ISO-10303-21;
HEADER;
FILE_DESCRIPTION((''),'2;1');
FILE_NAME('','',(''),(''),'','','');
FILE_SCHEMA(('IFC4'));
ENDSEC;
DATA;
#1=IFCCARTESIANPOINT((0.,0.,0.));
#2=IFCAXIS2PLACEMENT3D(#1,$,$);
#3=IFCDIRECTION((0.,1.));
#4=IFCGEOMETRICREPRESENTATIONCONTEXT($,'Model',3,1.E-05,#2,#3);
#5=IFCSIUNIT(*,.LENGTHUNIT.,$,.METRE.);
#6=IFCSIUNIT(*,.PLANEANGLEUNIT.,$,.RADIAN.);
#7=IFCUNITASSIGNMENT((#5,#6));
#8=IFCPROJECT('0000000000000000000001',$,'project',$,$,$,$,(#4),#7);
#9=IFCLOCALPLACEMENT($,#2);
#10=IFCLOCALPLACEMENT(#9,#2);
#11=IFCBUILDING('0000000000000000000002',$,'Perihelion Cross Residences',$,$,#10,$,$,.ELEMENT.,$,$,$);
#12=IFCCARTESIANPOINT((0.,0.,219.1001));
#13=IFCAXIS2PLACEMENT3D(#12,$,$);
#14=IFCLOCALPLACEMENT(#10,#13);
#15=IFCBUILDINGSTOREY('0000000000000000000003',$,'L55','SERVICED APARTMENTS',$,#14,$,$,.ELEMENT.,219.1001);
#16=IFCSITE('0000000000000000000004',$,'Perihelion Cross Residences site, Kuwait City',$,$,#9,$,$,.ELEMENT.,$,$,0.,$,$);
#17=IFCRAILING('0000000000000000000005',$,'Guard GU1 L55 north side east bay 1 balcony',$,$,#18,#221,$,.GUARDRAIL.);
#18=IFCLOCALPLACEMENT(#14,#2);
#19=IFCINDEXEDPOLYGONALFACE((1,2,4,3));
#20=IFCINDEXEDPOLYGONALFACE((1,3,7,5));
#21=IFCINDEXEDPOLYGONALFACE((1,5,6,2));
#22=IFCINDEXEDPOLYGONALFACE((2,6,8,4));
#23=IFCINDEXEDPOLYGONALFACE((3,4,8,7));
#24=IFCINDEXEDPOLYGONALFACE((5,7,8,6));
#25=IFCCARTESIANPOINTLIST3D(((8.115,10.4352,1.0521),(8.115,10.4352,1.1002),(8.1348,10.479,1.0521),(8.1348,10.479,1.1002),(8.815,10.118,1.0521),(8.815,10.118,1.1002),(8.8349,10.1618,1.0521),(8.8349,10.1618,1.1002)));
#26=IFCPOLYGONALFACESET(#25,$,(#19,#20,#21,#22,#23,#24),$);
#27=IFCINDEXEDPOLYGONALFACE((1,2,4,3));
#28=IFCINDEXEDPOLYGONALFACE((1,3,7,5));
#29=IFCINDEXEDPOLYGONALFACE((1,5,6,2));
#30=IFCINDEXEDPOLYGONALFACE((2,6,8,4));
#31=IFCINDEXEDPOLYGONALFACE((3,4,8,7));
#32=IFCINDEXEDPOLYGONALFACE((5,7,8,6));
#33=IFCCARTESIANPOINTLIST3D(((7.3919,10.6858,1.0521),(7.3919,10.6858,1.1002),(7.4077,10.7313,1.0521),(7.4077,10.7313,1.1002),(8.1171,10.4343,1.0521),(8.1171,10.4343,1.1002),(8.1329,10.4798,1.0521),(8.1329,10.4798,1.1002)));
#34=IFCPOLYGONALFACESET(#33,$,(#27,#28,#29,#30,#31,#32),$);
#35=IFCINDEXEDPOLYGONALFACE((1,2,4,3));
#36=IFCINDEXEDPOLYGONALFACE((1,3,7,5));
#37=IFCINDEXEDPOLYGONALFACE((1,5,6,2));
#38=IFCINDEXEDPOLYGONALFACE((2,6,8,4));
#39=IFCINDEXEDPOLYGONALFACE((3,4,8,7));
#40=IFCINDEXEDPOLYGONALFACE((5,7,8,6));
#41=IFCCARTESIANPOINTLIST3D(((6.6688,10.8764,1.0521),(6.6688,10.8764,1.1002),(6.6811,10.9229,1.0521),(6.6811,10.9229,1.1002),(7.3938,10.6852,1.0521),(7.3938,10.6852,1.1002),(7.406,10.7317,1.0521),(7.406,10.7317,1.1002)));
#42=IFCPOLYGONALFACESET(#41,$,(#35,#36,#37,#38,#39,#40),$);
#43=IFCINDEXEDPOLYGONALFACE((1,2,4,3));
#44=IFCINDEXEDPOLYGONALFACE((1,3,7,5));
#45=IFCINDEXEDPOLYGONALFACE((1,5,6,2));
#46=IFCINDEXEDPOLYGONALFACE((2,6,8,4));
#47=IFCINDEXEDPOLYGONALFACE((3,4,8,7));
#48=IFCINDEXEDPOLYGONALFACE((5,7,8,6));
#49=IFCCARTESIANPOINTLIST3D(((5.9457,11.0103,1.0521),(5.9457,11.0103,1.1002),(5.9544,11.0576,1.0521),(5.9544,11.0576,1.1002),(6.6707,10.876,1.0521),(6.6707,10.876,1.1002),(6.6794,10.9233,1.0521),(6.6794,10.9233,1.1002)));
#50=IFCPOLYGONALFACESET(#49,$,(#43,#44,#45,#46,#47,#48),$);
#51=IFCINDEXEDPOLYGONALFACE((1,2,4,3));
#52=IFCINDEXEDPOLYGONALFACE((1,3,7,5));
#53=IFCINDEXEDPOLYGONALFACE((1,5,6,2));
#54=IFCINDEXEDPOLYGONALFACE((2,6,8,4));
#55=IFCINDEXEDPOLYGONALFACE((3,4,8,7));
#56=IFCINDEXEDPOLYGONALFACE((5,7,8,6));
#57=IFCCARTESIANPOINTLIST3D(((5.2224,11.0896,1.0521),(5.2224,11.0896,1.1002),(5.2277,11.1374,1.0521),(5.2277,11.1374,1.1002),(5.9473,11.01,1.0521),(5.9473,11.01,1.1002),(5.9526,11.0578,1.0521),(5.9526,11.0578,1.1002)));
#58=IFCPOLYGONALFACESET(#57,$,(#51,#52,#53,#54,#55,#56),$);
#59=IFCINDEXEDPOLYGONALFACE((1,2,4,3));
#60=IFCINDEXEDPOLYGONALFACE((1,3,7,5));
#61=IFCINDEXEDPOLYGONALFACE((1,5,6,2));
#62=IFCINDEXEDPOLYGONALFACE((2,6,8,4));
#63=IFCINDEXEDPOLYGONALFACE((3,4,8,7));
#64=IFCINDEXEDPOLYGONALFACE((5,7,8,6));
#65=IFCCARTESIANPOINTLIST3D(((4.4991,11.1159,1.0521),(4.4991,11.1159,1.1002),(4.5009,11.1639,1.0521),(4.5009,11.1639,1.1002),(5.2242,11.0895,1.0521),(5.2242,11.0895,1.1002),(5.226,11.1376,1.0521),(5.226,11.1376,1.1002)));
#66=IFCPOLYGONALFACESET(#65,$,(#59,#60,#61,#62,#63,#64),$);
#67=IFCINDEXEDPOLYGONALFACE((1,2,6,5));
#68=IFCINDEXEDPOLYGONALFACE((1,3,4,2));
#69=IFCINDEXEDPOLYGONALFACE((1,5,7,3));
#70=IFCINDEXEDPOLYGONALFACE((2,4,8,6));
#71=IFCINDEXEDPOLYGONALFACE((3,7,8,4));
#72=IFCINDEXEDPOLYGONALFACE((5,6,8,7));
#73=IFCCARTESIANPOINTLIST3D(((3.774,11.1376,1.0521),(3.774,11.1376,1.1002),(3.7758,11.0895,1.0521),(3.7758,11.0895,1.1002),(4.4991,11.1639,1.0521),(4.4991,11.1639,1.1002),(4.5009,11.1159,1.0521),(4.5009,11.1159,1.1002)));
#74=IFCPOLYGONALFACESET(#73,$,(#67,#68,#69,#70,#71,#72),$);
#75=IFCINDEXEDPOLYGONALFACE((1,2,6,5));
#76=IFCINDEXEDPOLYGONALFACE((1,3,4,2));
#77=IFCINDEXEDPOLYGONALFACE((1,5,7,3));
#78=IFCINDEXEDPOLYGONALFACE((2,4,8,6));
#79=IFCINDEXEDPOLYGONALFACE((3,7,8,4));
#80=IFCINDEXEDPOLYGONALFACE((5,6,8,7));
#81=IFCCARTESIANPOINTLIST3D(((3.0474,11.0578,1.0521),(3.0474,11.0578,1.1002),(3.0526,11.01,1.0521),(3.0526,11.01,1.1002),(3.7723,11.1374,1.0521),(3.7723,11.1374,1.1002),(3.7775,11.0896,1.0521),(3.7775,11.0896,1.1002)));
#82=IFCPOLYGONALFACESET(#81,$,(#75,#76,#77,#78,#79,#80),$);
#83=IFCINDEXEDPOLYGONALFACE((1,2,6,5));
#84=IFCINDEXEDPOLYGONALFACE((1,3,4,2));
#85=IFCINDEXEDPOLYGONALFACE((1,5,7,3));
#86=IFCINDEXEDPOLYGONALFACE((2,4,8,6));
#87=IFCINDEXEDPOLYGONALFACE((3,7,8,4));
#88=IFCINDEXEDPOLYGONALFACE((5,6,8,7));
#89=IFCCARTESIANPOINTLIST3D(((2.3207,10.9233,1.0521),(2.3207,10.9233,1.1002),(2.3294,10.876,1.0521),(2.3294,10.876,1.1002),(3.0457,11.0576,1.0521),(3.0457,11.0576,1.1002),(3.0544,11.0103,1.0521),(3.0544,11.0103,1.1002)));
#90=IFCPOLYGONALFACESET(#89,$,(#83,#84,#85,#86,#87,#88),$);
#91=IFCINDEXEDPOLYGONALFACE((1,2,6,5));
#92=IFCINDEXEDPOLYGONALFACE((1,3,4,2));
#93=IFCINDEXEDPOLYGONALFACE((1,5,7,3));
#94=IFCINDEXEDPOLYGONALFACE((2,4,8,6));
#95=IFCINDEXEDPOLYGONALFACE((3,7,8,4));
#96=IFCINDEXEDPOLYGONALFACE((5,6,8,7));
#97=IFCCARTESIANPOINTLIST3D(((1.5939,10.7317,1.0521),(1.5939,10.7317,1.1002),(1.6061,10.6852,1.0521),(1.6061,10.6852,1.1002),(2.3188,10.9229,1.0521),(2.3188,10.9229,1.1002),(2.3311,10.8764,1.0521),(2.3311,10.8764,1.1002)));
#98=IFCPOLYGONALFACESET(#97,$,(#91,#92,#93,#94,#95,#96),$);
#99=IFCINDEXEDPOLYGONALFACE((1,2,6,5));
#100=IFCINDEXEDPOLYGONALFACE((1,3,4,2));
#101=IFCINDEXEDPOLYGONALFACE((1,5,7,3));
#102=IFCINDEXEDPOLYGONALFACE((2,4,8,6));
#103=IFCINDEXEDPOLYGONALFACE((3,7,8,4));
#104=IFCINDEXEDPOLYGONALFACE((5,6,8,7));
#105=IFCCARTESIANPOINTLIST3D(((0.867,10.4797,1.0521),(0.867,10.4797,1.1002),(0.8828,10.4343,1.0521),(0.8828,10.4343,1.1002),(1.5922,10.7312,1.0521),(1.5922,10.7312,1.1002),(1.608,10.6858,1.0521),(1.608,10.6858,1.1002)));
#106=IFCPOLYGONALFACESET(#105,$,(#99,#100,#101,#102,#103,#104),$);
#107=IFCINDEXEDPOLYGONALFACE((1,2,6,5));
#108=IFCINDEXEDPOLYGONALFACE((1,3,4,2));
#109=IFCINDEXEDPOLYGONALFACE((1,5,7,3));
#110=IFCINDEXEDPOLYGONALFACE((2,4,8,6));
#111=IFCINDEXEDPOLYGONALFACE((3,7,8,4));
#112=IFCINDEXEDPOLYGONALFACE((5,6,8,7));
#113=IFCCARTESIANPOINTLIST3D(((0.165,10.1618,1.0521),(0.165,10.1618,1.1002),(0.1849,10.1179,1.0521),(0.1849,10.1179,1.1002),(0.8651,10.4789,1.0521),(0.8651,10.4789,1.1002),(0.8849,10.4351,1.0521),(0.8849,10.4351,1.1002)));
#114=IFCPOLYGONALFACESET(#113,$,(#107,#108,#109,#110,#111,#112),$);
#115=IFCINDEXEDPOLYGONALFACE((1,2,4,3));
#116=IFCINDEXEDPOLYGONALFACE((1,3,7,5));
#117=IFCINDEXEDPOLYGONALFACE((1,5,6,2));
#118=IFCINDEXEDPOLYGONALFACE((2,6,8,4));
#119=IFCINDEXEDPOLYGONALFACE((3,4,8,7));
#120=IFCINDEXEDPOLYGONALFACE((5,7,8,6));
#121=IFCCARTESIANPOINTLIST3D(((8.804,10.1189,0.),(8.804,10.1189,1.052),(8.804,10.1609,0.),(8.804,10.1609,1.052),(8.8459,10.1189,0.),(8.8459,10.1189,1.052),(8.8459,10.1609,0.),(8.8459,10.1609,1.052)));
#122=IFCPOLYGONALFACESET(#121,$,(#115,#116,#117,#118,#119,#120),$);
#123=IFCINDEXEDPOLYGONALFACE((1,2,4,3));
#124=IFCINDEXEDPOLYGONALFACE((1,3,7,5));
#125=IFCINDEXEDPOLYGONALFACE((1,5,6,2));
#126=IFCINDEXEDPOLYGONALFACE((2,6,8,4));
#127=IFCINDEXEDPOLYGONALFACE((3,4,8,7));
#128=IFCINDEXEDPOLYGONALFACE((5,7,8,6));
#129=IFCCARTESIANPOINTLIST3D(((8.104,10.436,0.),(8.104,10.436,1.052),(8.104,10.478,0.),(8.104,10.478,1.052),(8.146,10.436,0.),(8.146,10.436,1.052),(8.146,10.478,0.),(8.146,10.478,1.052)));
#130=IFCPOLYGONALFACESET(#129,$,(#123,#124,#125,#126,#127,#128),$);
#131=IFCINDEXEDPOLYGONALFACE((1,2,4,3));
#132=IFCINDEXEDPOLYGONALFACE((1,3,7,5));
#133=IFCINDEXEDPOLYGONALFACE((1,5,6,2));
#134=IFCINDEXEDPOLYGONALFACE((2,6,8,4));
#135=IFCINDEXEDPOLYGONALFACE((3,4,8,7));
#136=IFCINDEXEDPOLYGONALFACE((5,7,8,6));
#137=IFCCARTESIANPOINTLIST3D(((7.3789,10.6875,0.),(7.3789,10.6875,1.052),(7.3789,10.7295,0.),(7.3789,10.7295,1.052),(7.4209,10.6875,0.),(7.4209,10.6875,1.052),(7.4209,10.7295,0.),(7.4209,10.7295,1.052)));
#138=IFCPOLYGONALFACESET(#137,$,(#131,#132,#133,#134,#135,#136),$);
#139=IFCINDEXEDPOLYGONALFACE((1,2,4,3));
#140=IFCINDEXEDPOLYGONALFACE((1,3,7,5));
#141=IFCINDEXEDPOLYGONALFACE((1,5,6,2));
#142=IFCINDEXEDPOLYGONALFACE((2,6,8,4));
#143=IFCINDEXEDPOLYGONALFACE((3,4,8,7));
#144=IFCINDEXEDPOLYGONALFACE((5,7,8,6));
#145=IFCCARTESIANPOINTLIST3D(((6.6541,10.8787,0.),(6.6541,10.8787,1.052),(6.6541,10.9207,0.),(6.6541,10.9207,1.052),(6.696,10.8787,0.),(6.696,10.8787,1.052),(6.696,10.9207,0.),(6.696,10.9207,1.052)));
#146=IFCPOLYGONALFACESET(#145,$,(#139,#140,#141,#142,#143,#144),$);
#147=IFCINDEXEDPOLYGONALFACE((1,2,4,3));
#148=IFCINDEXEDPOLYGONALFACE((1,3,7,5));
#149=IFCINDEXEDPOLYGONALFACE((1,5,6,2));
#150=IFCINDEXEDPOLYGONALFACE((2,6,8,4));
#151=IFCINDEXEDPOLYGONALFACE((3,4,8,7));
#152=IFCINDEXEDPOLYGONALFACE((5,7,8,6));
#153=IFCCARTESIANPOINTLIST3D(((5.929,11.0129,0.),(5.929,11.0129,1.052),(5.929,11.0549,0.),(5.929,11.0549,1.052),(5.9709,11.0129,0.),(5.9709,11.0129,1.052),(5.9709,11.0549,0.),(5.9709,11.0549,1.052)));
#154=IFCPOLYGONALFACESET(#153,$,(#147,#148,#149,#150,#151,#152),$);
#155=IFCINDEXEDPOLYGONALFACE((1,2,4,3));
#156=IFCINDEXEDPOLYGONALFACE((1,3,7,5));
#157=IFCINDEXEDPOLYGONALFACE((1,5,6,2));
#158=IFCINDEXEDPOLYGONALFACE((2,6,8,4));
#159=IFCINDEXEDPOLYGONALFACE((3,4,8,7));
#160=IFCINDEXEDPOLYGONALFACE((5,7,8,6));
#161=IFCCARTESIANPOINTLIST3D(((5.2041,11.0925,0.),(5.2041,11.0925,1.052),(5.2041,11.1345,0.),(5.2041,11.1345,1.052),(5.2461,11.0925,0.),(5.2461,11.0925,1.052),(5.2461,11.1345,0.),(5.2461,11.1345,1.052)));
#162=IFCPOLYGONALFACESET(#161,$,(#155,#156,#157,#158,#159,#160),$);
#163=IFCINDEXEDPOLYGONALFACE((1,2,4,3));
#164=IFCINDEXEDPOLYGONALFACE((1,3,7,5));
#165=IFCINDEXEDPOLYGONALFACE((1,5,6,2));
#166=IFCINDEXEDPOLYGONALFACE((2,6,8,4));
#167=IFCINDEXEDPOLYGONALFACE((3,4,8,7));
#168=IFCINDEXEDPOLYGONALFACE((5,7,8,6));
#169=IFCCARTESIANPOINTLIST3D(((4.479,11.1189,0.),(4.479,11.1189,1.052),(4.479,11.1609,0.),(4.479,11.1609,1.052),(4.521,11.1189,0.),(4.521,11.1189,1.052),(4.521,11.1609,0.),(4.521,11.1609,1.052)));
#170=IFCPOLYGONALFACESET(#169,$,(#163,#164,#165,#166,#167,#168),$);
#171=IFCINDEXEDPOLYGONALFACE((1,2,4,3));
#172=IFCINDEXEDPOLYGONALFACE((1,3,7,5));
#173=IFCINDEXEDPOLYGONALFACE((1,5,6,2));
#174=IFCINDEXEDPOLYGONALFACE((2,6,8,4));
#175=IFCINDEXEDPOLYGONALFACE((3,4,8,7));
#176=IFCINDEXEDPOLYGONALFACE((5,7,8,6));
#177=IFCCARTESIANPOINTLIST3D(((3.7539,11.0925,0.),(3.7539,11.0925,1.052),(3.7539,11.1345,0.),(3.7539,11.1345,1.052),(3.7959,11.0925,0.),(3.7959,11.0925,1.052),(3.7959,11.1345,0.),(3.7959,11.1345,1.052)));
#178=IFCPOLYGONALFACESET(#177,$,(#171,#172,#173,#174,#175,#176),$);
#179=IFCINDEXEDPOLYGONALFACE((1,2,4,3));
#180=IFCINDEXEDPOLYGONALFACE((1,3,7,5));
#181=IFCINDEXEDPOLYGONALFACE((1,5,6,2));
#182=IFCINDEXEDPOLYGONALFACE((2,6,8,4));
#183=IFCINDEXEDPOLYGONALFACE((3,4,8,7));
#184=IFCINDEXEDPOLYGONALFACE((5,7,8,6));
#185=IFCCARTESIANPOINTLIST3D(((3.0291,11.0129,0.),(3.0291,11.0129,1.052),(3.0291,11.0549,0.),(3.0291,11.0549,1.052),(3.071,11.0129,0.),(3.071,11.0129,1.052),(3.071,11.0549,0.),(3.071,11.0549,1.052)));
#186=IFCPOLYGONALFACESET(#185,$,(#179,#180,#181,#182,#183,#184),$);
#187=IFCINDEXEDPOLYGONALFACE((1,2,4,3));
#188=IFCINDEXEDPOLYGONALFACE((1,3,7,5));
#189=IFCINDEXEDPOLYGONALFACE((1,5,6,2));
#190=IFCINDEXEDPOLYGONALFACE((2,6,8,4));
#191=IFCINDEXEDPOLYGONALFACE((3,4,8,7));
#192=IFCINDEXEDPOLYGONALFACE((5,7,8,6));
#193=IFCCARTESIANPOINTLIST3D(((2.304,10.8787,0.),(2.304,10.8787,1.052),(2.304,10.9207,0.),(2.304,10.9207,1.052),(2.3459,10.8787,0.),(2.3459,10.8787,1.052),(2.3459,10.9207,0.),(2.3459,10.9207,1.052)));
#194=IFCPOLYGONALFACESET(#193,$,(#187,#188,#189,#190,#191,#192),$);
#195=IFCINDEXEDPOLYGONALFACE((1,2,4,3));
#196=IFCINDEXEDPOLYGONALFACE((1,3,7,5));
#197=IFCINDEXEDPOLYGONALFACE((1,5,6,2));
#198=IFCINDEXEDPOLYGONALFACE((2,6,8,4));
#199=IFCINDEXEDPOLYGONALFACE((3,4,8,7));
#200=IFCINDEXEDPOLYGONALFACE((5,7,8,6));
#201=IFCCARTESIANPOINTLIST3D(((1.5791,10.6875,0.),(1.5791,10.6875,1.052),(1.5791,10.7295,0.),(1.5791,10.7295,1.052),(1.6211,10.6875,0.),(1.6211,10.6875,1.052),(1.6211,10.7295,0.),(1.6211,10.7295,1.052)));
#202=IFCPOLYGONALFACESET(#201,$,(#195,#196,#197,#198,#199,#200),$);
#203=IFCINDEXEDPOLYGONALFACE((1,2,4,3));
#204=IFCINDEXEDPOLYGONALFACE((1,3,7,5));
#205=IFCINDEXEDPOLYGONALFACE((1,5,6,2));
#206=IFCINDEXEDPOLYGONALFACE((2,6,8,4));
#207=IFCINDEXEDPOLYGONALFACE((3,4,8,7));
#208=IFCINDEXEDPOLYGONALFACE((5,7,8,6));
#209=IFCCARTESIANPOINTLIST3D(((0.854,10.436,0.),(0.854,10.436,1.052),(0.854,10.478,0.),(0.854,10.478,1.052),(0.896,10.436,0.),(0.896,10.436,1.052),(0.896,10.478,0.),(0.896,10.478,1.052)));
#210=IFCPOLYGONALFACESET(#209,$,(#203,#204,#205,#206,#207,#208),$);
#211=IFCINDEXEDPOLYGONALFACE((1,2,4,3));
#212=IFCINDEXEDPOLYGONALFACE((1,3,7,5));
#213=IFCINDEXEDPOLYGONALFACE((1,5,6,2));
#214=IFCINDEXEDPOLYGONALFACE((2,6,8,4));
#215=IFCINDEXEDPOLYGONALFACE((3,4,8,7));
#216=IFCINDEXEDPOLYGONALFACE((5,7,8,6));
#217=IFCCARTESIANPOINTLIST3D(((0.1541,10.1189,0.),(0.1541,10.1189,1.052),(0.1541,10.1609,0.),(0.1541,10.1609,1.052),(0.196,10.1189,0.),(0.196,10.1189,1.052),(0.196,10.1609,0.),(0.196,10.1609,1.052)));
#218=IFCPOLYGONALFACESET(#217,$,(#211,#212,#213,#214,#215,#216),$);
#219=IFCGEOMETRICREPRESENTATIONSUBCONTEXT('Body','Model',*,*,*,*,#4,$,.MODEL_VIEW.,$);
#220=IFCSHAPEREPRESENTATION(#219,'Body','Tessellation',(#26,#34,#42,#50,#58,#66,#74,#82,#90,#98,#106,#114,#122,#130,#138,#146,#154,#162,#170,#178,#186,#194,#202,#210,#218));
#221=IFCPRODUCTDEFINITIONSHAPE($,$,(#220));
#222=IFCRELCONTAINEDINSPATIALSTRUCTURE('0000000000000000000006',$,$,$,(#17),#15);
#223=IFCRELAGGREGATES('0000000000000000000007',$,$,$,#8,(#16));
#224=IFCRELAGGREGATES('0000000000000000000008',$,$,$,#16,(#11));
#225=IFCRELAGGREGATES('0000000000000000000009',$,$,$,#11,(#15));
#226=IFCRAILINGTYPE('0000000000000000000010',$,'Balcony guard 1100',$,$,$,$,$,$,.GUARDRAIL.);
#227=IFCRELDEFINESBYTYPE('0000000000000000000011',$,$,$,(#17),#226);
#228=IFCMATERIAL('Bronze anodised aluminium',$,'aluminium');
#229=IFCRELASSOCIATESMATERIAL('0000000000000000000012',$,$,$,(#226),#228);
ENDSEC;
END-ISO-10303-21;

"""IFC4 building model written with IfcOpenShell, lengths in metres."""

from ifc_helpers import new_model, si_unit, direction, frame, origin, origin_2d, place, context, subcontext, project, spatial, rectangle, extrude, material, type_object, element, save


model = new_model("IFC4")

# Units and contexts
model_context = context("Model", 3, precision=1e-05, world=origin(), true_north=direction((0.0, 1.0)))
body_context = subcontext(model_context, "Body", "Model", "MODEL_VIEW")
ifc_project = project(units=[si_unit("LENGTHUNIT", "METRE"), si_unit("PLANEANGLEUNIT", "RADIAN")], contexts=[model_context])

# Site, building, storey
site_placement = place(None, origin())
site = spatial("IfcSite", under=ifc_project, at=site_placement, Name="Perihelion Cross Residences site, Kuwait City", CompositionType="ELEMENT", RefElevation=0.0)
building_placement = place(site_placement, origin())
building = spatial("IfcBuilding", under=site, at=building_placement, Name="Perihelion Cross Residences", CompositionType="ELEMENT")
storey_placement = place(building_placement, frame((0.0, 0.0, 219.1001)))
storey = spatial("IfcBuildingStorey", under=building, at=storey_placement, Name="L55", Description="SERVICED APARTMENTS", CompositionType="ELEMENT", Elevation=219.1001)

# Railing
ifc_material_1 = material(Name="Bronze anodised aluminium", Category="aluminium")
railing_type = type_object("IfcRailingType", Name="Balcony guard 1100", PredefinedType="GUARDRAIL", material=ifc_material_1)
railing_placement = place(storey_placement, frame((8.825, 10.1399, 0.0)))
element("IfcRailing", 1, at=railing_placement, inside=storey, type_object=railing_type, Name="Guard GU1 L55 north side east bay 1 balcony", PredefinedType="GUARDRAIL", context=body_context, shape_type="SweptSolid", body=[
    extrude(rectangle(XDim=0.0481, YDim=0.0481, at=origin_2d()), frame((0.0, 0.0, 1.0762), z_axis=(-0.910866, 0.412702, 0.0), x_axis=(-0.412702, -0.910866, 0.0)), (0.0, 0.0, 1.0), 0.7686),
    extrude(rectangle(XDim=0.0481, YDim=0.0481, at=origin_2d()), frame((-0.7, 0.3171, 1.0762), z_axis=(-0.944797, 0.327657, 0.0), x_axis=(-0.327657, -0.944797, 0.0)), (0.0, 0.0, 1.0), 0.7676),
    extrude(rectangle(XDim=0.0481, YDim=0.0481, at=origin_2d()), frame((-1.425, 0.5686, 1.0762), z_axis=(-0.966939, 0.255006, 0.0), x_axis=(-0.255006, -0.966939, 0.0)), (0.0, 0.0, 1.0), 0.7498),
    extrude(rectangle(XDim=0.0481, YDim=0.0481, at=origin_2d()), frame((-2.1499, 0.7598, 1.0762), z_axis=(-0.983282, 0.182089, 0.0), x_axis=(-0.182089, -0.983282, 0.0)), (0.0, 0.0, 1.0), 0.7373),
    extrude(rectangle(XDim=0.0481, YDim=0.0481, at=origin_2d()), frame((-2.875, 0.894, 1.0762), z_axis=(-0.994026, 0.109145, 0.0), x_axis=(-0.109145, -0.994026, 0.0)), (0.0, 0.0, 1.0), 0.7292),
    extrude(rectangle(XDim=0.0481, YDim=0.0481, at=origin_2d()), frame((-3.5999, 0.9736, 1.0762), z_axis=(-0.999339, 0.03634, 0.0), x_axis=(-0.03634, -0.999339, 0.0)), (0.0, 0.0, 1.0), 0.7256),
    extrude(rectangle(XDim=0.0481, YDim=0.0481, at=origin_2d()), frame((-4.325, 1.0, 1.0762), z_axis=(-0.999339, -0.03634, 0.0), x_axis=(0.03634, -0.999339, 0.0)), (0.0, 0.0, 1.0), 0.7256),
    extrude(rectangle(XDim=0.0481, YDim=0.0481, at=origin_2d()), frame((-5.05, 0.9736, 1.0762), z_axis=(-0.994026, -0.109145, 0.0), x_axis=(0.109145, -0.994026, 0.0)), (0.0, 0.0, 1.0), 0.7292),
    extrude(rectangle(XDim=0.0481, YDim=0.0481, at=origin_2d()), frame((-5.7749, 0.894, 1.0762), z_axis=(-0.983282, -0.182089, 0.0), x_axis=(0.182089, -0.983282, 0.0)), (0.0, 0.0, 1.0), 0.7373),
    extrude(rectangle(XDim=0.0481, YDim=0.0481, at=origin_2d()), frame((-6.5, 0.7598, 1.0762), z_axis=(-0.966939, -0.255006, 0.0), x_axis=(0.255006, -0.966939, 0.0)), (0.0, 0.0, 1.0), 0.7498),
    extrude(rectangle(XDim=0.0481, YDim=0.0481, at=origin_2d()), frame((-7.2249, 0.5686, 1.0762), z_axis=(-0.944797, -0.327657, 0.0), x_axis=(0.327657, -0.944797, 0.0)), (0.0, 0.0, 1.0), 0.7676),
    extrude(rectangle(XDim=0.0481, YDim=0.0481, at=origin_2d()), frame((-7.95, 0.3171, 1.0762), z_axis=(-0.910866, -0.412702, 0.0), x_axis=(0.412702, -0.910866, 0.0)), (0.0, 0.0, 1.0), 0.7686),
    extrude(rectangle(XDim=0.042, YDim=0.042, at=origin_2d()), origin(), (0.0, 0.0, 1.0), 1.052),
    extrude(rectangle(XDim=0.042, YDim=0.042, at=origin_2d()), frame((-0.7, 0.3171, 0.0)), (0.0, 0.0, 1.0), 1.052),
    extrude(rectangle(XDim=0.042, YDim=0.042, at=origin_2d()), frame((-1.425, 0.5686, 0.0)), (0.0, 0.0, 1.0), 1.052),
    extrude(rectangle(XDim=0.042, YDim=0.042, at=origin_2d()), frame((-2.1499, 0.7598, 0.0)), (0.0, 0.0, 1.0), 1.052),
    extrude(rectangle(XDim=0.042, YDim=0.042, at=origin_2d()), frame((-2.875, 0.894, 0.0)), (0.0, 0.0, 1.0), 1.052),
    extrude(rectangle(XDim=0.042, YDim=0.042, at=origin_2d()), frame((-3.5999, 0.9736, 0.0)), (0.0, 0.0, 1.0), 1.052),
    extrude(rectangle(XDim=0.042, YDim=0.042, at=origin_2d()), frame((-4.325, 1.0, 0.0)), (0.0, 0.0, 1.0), 1.052),
    extrude(rectangle(XDim=0.042, YDim=0.042, at=origin_2d()), frame((-5.05, 0.9736, 0.0)), (0.0, 0.0, 1.0), 1.052),
    extrude(rectangle(XDim=0.042, YDim=0.042, at=origin_2d()), frame((-5.7749, 0.894, 0.0)), (0.0, 0.0, 1.0), 1.052),
    extrude(rectangle(XDim=0.042, YDim=0.042, at=origin_2d()), frame((-6.5, 0.7598, 0.0)), (0.0, 0.0, 1.0), 1.052),
    extrude(rectangle(XDim=0.042, YDim=0.042, at=origin_2d()), frame((-7.2249, 0.5686, 0.0)), (0.0, 0.0, 1.0), 1.052),
    extrude(rectangle(XDim=0.042, YDim=0.042, at=origin_2d()), frame((-7.95, 0.3171, 0.0)), (0.0, 0.0, 1.0), 1.052),
    extrude(rectangle(XDim=0.042, YDim=0.042, at=origin_2d()), frame((-8.6499, 0.0, 0.0)), (0.0, 0.0, 1.0), 1.052),
])

save(model, "model.ifc")
